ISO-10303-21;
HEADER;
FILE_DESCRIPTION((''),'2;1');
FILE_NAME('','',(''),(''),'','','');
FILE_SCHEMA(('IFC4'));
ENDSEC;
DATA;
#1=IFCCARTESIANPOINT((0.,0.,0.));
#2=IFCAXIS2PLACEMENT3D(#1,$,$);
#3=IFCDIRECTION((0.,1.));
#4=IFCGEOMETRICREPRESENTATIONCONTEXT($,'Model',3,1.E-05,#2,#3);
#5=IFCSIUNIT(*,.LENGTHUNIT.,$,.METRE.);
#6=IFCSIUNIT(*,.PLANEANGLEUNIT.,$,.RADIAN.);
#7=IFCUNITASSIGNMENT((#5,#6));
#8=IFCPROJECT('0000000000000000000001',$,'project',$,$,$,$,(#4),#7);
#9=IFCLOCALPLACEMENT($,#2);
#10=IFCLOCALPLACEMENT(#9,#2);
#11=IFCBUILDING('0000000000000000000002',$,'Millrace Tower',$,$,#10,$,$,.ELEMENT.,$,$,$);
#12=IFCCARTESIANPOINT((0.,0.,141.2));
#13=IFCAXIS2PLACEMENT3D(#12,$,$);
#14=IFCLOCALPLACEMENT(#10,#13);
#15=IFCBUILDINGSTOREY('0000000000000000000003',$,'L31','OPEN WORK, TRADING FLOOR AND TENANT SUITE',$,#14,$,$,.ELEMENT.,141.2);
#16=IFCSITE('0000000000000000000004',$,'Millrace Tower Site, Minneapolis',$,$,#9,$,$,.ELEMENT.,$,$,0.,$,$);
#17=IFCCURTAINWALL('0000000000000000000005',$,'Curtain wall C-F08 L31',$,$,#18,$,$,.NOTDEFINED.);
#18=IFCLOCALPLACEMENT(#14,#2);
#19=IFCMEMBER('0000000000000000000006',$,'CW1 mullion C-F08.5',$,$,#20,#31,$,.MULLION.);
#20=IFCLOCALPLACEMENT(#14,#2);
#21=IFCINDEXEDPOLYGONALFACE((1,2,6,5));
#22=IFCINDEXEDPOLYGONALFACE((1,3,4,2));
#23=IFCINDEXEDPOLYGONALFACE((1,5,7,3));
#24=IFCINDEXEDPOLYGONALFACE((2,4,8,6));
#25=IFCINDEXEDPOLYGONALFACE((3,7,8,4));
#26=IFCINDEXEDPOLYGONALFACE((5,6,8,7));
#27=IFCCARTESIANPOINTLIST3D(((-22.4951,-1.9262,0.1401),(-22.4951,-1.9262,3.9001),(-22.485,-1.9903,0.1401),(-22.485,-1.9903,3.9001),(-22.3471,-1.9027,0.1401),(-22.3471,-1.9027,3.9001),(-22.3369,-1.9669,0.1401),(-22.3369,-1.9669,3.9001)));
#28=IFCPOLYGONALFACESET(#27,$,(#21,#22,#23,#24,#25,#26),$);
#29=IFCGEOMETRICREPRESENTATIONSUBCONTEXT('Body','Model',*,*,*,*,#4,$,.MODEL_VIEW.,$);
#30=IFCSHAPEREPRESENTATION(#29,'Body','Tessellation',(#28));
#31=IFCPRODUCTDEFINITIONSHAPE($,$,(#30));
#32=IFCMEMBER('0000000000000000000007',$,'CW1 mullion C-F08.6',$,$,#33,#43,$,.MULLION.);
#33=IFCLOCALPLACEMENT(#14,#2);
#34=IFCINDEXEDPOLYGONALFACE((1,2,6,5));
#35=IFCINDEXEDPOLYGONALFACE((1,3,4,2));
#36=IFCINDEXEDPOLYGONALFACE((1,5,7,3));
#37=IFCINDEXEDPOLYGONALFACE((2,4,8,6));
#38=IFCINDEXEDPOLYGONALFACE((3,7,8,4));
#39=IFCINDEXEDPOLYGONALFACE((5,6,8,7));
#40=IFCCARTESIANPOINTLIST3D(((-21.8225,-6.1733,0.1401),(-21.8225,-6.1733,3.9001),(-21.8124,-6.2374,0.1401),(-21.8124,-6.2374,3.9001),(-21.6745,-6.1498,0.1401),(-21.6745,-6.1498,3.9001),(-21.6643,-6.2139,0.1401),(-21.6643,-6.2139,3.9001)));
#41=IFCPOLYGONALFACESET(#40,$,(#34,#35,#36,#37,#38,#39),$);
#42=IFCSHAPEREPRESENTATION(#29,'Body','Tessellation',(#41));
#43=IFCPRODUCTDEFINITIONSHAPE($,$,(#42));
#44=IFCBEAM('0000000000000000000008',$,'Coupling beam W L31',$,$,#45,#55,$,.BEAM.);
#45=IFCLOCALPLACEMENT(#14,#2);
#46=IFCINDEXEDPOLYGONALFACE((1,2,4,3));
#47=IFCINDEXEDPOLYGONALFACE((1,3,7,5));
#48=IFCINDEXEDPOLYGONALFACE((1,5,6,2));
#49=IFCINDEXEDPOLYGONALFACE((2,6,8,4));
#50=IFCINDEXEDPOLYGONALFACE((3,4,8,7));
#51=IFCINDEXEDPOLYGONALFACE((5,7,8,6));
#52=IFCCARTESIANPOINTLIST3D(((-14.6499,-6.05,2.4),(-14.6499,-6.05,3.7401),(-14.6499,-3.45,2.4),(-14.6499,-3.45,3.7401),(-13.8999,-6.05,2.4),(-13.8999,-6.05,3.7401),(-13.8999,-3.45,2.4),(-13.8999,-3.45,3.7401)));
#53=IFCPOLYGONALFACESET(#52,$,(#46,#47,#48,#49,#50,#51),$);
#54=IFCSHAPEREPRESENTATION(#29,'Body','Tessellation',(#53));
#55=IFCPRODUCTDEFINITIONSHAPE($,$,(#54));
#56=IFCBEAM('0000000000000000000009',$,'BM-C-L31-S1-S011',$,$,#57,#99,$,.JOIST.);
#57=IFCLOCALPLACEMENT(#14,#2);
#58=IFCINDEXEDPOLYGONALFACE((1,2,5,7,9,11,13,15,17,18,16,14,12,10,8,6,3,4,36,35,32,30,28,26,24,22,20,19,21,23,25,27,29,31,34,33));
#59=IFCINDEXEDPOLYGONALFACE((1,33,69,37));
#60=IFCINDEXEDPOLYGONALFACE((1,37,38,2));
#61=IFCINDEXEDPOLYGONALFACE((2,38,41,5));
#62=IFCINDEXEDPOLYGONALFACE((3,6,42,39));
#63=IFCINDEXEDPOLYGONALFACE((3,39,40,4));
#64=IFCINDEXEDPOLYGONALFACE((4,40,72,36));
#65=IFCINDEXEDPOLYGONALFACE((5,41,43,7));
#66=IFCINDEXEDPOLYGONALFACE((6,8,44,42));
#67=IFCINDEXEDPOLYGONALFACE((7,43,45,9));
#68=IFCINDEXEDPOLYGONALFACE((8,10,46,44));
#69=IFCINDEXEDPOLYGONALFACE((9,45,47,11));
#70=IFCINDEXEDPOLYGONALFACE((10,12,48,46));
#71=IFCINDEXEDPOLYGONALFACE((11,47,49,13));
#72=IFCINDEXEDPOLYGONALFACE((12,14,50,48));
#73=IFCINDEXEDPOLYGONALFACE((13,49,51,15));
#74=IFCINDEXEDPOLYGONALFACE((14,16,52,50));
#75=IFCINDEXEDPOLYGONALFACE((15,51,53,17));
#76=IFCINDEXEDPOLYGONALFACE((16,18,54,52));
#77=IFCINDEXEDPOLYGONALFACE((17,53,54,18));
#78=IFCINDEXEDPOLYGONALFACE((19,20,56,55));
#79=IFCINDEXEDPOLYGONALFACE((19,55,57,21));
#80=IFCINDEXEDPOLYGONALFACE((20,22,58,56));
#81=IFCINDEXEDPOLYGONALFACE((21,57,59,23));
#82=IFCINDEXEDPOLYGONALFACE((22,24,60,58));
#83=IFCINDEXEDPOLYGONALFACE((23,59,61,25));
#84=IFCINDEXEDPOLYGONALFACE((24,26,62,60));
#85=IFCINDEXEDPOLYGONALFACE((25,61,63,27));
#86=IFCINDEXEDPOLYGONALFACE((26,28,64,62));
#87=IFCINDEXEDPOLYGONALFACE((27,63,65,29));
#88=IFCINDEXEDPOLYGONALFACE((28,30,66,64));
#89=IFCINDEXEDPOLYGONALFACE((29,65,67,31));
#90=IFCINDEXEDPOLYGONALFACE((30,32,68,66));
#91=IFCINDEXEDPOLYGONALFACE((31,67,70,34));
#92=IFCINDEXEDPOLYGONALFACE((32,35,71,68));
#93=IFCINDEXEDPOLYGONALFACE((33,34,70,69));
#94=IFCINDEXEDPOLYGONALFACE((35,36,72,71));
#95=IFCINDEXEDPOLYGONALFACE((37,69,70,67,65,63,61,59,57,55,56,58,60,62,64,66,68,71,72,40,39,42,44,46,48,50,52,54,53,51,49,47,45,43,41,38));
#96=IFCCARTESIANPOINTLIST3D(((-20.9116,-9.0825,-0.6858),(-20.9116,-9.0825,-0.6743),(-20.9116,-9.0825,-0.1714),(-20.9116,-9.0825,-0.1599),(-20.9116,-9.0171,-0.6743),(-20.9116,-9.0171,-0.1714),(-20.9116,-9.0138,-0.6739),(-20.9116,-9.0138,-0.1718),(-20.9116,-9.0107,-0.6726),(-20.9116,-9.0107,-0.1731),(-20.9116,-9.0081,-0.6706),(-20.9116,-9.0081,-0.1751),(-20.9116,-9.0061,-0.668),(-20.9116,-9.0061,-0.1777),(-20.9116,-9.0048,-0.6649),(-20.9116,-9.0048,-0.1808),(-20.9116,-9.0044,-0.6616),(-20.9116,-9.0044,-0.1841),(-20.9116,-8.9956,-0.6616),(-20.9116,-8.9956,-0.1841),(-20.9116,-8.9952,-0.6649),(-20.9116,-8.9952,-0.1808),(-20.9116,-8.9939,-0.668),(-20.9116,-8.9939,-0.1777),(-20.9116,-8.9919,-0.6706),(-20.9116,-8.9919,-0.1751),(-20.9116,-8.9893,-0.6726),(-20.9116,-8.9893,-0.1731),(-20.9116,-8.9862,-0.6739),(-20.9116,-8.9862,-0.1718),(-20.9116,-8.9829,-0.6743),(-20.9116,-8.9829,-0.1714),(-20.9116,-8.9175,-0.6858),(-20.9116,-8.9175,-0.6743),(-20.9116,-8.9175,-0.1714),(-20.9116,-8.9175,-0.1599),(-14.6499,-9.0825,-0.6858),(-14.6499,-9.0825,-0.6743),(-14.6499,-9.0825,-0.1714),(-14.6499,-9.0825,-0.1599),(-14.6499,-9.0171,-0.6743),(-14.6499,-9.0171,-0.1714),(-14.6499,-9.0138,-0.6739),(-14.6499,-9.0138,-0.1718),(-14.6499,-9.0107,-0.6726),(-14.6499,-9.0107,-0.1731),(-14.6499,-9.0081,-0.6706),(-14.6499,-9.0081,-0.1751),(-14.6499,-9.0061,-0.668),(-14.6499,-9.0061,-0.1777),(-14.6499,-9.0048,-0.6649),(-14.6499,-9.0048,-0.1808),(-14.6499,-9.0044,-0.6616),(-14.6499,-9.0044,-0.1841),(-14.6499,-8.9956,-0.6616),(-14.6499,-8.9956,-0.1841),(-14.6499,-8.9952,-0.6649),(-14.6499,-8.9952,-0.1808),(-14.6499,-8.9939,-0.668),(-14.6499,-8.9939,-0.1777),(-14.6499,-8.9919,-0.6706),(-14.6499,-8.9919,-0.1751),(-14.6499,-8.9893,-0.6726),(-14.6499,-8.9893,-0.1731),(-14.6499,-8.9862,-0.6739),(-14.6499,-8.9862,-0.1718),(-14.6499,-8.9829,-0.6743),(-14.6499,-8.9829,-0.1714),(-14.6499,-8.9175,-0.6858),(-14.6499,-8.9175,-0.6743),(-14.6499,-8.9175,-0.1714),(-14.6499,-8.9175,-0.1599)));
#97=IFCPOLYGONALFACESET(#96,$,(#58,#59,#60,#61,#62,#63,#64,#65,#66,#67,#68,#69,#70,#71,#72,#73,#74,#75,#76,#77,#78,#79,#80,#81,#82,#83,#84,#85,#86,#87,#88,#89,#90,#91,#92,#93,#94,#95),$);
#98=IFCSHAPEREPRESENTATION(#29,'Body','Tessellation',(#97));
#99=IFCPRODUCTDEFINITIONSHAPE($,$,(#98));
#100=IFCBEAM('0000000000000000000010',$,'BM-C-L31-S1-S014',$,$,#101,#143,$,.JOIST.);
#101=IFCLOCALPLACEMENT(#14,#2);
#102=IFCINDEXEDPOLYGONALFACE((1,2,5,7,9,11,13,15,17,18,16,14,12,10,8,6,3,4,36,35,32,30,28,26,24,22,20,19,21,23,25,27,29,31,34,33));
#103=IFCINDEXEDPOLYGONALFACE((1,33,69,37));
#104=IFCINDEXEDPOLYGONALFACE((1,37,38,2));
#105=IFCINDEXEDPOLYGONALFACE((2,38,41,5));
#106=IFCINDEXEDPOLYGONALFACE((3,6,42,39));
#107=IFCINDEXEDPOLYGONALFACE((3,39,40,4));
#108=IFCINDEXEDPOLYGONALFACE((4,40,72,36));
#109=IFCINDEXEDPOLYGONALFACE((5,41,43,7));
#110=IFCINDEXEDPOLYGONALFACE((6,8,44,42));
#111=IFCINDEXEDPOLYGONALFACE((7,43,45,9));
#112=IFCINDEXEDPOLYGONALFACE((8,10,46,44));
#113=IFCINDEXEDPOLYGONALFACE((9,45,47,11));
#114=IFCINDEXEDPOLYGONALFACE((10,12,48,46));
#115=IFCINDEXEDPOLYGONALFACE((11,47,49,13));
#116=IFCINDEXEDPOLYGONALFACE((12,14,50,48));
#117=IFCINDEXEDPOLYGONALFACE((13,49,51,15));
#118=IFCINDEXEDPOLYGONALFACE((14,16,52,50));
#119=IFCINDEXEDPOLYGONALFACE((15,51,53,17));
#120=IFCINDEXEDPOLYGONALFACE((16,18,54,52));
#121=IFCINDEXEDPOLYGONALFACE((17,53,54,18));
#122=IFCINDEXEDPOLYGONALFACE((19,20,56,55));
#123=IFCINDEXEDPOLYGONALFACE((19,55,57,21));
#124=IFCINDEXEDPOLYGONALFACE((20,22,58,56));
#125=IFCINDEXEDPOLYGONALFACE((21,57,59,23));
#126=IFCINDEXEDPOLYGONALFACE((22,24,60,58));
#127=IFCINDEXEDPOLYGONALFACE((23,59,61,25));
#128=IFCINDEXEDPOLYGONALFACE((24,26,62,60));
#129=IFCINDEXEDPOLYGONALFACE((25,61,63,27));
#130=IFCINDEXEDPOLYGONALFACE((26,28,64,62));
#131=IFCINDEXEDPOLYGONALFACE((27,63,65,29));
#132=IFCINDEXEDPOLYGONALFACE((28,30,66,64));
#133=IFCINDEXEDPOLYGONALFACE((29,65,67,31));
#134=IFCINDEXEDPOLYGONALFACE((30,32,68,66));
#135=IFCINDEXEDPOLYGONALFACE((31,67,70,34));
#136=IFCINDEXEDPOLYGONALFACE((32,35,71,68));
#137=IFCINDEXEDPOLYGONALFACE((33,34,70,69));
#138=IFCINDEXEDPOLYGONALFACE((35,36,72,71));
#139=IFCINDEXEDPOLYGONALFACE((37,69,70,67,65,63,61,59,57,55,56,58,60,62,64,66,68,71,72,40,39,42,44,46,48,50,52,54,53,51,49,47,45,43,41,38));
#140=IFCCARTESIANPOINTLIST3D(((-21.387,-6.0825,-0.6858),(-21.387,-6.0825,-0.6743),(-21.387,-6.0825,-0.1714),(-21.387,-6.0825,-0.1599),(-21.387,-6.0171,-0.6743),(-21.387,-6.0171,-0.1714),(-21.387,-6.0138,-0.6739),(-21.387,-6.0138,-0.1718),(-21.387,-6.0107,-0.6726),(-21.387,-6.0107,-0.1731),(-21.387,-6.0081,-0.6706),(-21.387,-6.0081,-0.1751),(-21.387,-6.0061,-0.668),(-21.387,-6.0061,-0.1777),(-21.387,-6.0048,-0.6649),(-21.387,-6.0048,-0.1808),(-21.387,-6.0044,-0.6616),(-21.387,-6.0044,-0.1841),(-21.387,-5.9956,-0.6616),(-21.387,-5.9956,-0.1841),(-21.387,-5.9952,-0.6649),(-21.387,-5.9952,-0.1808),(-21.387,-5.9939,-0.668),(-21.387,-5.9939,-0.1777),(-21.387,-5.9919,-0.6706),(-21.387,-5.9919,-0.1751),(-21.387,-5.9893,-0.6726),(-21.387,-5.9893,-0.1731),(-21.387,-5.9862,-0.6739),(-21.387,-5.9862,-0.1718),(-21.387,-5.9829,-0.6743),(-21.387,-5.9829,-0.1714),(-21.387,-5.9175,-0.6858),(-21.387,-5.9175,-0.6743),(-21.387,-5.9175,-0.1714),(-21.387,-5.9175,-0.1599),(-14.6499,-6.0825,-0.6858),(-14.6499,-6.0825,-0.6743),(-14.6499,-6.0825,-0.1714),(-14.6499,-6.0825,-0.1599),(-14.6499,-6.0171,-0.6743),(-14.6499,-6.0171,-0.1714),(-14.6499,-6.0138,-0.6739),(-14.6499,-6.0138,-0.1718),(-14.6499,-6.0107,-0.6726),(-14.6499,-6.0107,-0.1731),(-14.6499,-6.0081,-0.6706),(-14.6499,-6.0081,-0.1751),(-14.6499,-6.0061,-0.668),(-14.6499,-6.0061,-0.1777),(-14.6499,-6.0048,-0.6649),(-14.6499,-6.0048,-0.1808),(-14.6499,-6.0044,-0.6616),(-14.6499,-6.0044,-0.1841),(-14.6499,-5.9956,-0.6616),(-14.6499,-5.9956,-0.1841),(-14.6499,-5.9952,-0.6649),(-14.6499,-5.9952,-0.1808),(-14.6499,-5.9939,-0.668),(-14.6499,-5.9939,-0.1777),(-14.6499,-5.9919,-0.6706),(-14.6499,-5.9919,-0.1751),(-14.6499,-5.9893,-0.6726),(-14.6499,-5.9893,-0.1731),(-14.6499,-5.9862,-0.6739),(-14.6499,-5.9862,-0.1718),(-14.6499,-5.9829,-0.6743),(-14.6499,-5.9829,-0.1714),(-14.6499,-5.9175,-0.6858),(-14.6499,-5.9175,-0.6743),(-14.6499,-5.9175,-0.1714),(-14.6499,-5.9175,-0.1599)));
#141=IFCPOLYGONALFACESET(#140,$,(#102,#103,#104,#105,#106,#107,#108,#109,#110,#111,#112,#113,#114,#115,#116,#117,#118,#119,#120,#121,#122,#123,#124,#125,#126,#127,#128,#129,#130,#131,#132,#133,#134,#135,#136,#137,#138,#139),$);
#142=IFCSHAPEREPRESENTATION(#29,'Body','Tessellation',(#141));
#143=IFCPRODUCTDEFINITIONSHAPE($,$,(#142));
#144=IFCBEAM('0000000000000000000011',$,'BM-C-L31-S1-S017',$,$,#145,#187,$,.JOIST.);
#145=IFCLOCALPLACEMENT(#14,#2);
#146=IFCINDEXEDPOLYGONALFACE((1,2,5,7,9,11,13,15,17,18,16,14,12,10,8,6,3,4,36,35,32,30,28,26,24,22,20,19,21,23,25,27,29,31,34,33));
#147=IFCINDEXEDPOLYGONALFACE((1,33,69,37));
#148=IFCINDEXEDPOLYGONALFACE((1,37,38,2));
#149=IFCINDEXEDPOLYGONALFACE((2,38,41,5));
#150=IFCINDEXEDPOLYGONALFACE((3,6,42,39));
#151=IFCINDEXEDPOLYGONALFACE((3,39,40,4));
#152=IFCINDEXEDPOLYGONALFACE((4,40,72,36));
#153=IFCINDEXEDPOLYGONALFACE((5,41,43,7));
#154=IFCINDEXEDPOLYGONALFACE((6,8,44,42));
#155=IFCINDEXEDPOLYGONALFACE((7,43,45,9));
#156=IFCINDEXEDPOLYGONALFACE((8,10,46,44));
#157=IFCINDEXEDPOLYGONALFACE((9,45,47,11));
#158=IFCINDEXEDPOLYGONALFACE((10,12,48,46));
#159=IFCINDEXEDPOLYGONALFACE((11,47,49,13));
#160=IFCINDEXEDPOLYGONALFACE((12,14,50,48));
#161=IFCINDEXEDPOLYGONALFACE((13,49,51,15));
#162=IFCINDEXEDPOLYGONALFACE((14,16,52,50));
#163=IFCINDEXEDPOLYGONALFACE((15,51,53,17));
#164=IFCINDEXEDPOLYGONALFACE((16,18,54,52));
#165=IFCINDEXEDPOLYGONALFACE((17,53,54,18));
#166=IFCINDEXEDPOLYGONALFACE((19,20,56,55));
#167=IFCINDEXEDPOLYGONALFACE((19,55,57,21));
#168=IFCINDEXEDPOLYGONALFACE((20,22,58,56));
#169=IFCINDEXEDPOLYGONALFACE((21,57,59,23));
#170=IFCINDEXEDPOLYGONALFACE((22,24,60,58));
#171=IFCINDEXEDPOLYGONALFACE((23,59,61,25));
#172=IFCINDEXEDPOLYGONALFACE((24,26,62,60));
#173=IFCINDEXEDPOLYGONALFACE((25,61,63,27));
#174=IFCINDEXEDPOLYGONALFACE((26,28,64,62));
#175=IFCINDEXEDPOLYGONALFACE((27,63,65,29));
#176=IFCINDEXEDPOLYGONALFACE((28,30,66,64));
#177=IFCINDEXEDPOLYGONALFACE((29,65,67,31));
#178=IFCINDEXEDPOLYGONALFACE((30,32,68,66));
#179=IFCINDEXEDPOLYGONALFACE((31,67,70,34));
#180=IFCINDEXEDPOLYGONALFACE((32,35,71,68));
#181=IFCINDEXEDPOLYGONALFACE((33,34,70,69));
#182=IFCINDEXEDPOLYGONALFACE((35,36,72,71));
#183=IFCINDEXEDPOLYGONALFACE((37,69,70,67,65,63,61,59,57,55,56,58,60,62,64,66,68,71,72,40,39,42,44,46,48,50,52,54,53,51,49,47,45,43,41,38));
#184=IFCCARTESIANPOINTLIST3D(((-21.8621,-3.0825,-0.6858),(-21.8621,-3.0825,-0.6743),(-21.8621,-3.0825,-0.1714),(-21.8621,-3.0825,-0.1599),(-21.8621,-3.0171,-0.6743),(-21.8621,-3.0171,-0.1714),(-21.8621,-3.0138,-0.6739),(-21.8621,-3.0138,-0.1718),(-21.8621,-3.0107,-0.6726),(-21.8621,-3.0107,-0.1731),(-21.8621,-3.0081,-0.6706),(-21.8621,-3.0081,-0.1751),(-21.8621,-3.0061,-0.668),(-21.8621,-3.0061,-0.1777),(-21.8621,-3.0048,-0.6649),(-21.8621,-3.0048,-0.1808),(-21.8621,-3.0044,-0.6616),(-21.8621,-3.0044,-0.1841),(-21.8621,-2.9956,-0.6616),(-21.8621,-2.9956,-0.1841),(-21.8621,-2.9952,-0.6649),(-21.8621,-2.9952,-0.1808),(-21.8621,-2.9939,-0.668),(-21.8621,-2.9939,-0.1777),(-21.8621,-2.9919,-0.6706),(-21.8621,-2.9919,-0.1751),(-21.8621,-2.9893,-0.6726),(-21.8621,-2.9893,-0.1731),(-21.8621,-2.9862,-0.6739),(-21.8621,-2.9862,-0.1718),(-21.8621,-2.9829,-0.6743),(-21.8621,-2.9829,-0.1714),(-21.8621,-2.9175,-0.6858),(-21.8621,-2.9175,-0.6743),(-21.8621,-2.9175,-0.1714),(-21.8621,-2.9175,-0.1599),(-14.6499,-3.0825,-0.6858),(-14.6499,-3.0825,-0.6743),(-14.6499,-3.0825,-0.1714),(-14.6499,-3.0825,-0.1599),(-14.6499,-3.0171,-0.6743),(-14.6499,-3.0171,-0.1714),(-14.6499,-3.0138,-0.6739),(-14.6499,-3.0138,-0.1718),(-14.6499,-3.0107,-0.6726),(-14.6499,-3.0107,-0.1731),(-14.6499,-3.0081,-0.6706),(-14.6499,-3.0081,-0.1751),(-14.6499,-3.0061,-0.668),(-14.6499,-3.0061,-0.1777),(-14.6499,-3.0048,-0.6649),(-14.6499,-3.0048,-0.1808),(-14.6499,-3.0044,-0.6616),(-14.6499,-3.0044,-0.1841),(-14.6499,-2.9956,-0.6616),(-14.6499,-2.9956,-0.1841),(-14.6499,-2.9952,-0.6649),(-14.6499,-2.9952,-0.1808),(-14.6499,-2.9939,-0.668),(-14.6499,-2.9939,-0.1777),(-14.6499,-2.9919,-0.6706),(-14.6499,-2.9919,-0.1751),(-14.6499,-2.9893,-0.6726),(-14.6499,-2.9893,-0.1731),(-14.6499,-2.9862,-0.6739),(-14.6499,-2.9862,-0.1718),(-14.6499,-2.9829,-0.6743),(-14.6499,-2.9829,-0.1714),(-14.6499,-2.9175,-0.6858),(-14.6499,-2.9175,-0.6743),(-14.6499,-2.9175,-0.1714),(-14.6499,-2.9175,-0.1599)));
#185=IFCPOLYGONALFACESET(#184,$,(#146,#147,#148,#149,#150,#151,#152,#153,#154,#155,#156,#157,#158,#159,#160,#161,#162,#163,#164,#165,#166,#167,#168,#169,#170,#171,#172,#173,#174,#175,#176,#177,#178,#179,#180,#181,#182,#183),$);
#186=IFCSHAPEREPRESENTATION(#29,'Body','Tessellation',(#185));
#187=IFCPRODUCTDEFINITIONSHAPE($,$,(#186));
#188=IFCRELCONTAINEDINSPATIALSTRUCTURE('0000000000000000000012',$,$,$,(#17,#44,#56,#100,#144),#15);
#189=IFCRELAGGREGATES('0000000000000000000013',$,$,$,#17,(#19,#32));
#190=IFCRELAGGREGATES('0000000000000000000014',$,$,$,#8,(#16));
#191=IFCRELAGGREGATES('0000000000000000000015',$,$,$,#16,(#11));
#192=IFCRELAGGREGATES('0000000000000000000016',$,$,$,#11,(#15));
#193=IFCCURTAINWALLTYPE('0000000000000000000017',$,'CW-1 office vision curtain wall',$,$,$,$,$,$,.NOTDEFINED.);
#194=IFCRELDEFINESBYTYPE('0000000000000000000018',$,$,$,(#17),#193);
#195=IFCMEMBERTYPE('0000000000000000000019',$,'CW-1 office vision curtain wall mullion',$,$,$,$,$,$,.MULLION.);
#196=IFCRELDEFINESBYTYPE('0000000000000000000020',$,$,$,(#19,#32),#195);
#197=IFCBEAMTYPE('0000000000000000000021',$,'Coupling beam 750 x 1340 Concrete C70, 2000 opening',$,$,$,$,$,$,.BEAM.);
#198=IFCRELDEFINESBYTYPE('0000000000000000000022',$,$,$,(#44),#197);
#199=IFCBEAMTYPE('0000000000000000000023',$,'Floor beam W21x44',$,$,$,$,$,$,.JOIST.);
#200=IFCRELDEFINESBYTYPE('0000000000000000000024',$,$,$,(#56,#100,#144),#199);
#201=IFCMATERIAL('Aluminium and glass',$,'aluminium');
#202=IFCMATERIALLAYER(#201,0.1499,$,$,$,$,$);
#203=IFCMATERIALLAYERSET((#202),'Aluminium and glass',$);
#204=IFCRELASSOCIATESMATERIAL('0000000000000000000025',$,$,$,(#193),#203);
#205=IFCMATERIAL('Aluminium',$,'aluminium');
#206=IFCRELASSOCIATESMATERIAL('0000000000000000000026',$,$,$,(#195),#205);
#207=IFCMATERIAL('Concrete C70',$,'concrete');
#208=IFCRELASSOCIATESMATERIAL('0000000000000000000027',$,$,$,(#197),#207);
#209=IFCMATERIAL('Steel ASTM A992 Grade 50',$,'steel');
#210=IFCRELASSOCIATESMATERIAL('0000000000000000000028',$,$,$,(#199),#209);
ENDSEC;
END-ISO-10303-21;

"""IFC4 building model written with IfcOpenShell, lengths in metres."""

from ifc_helpers import new_model, si_unit, direction, frame, origin, origin_2d, place, context, subcontext, project, spatial, rectangle, i_section, extrude, material, layer, layer_set, material_profile, profile_set, type_object, element, aggregate, save


model = new_model("IFC4")

# Units and contexts
model_context = context("Model", 3, precision=1e-05, world=origin(), true_north=direction((0.0, 1.0)))
body_context = subcontext(model_context, "Body", "Model", "MODEL_VIEW")
ifc_project = project(units=[si_unit("LENGTHUNIT", "METRE"), si_unit("PLANEANGLEUNIT", "RADIAN")], contexts=[model_context])

# Site, building, storey
site_placement = place(None, origin())
site = spatial("IfcSite", under=ifc_project, at=site_placement, Name="Millrace Tower Site, Minneapolis", CompositionType="ELEMENT", RefElevation=0.0)
building_placement = place(site_placement, origin())
building = spatial("IfcBuilding", under=site, at=building_placement, Name="Millrace Tower", CompositionType="ELEMENT")
storey_placement = place(building_placement, frame((0.0, 0.0, 141.2)))
storey = spatial("IfcBuildingStorey", under=building, at=storey_placement, Name="L31", Description="OPEN WORK, TRADING FLOOR AND TENANT SUITE", CompositionType="ELEMENT", Elevation=141.2)

# Curtain wall, members
ifc_material_1 = material(Name="Aluminium and glass", Category="aluminium")
ifc_layer_1 = layer(ifc_material_1, 0.1499)
ifc_layer_set_1 = layer_set([ifc_layer_1], Name="Aluminium and glass")
curtain_wall_type = type_object("IfcCurtainWallType", Name="CW-1 office vision curtain wall", PredefinedType="NOTDEFINED", material=ifc_layer_set_1)
curtain_wall_placement = place(storey_placement, origin())
curtain_wall = element("IfcCurtainWall", 1, at=curtain_wall_placement, inside=storey, type_object=curtain_wall_type, Name="Curtain wall C-F08 L31", PredefinedType="NOTDEFINED")
ifc_material_2 = material(Name="Aluminium", Category="aluminium")
ifc_material_profile_1 = material_profile(ifc_material_2, rectangle(XDim=0.0649, YDim=0.1499, at=origin_2d()))
ifc_profile_set_1 = profile_set([ifc_material_profile_1], Name="Aluminium")
member_type = type_object("IfcMemberType", Name="CW-1 office vision curtain wall mullion", PredefinedType="MULLION", material=ifc_profile_set_1)
member_1_placement = place(storey_placement, frame((-22.416, -1.9465, 0.1401), z_axis=(0.0, 0.0, 1.0), x_axis=(0.156434, -0.987688, 0.0)))
member_1 = element("IfcMember", 2, at=member_1_placement, type_object=member_type, Name="CW1 mullion C-F08.5", PredefinedType="MULLION", context=body_context, shape_type="SweptSolid", body=[
    extrude(rectangle(XDim=0.0649, YDim=0.1499, at=origin_2d()), origin(), (0.0, 0.0, 1.0), 3.76),
])
member_2_placement = place(storey_placement, frame((-21.7434, -6.1936, 0.1401), z_axis=(0.0, 0.0, 1.0), x_axis=(0.156434, -0.987688, 0.0)))
member_2 = element("IfcMember", 3, at=member_2_placement, type_object=member_type, Name="CW1 mullion C-F08.6", PredefinedType="MULLION", context=body_context, shape_type="SweptSolid", body=[
    extrude(rectangle(XDim=0.0649, YDim=0.1499, at=origin_2d()), origin(), (0.0, 0.0, 1.0), 3.76),
])
aggregate(curtain_wall, [member_1, member_2])

# Beams
ifc_material_3 = material(Name="Concrete C70", Category="concrete")
ifc_material_profile_2 = material_profile(ifc_material_3, rectangle(XDim=0.75, YDim=1.3401, at=origin_2d()))
ifc_profile_set_2 = profile_set([ifc_material_profile_2], Name="Concrete C70")
beam_type_1 = type_object("IfcBeamType", Name="Coupling beam 750 x 1340 Concrete C70, 2000 opening", PredefinedType="BEAM", material=ifc_profile_set_2)
beam_1_placement = place(storey_placement, frame((-14.2749, -6.05, 3.0701), z_axis=(0.0, 1.0, 0.0), x_axis=(-1.0, 0.0, 0.0)))
element("IfcBeam", 4, at=beam_1_placement, inside=storey, type_object=beam_type_1, Name="Coupling beam W L31", PredefinedType="BEAM", context=body_context, shape_type="SweptSolid", body=[
    extrude(rectangle(XDim=0.75, YDim=1.3401, at=origin_2d()), origin(), (0.0, 0.0, 1.0), 2.6001),
])
ifc_material_4 = material(Name="Steel ASTM A992 Grade 50", Category="steel")
ifc_material_profile_3 = material_profile(ifc_material_4, i_section(OverallWidth=0.165, OverallDepth=0.5259, WebThickness=0.0088, FlangeThickness=0.0115, FilletRadius=0.0127, at=origin_2d()))
ifc_profile_set_3 = profile_set([ifc_material_profile_3], Name="Steel ASTM A992 Grade 50")
beam_type_2 = type_object("IfcBeamType", Name="Floor beam W21x44", PredefinedType="JOIST", material=ifc_profile_set_3)
beam_2_placement = place(storey_placement, frame((-20.9116, -9.0, -0.4229), z_axis=(1.0, 0.0, 0.0), x_axis=(0.0, 1.0, 0.0)))
element("IfcBeam", 5, at=beam_2_placement, inside=storey, type_object=beam_type_2, Name="BM-C-L31-S1-S011", PredefinedType="JOIST", context=body_context, shape_type="SweptSolid", body=[
    extrude(i_section(OverallWidth=0.165, OverallDepth=0.5259, WebThickness=0.0088, FlangeThickness=0.0115, FilletRadius=0.0127, at=origin_2d()), origin(), (0.0, 0.0, 1.0), 6.2617),
])
beam_3_placement = place(storey_placement, frame((-21.387, -6.0, -0.4229), z_axis=(1.0, 0.0, 0.0), x_axis=(0.0, 1.0, 0.0)))
element("IfcBeam", 6, at=beam_3_placement, inside=storey, type_object=beam_type_2, Name="BM-C-L31-S1-S014", PredefinedType="JOIST", context=body_context, shape_type="SweptSolid", body=[
    extrude(i_section(OverallWidth=0.165, OverallDepth=0.5259, WebThickness=0.0088, FlangeThickness=0.0115, FilletRadius=0.0127, at=origin_2d()), origin(), (0.0, 0.0, 1.0), 6.7371),
])
beam_4_placement = place(storey_placement, frame((-21.8621, -3.0, -0.4229), z_axis=(1.0, 0.0, 0.0), x_axis=(0.0, 1.0, 0.0)))
element("IfcBeam", 7, at=beam_4_placement, inside=storey, type_object=beam_type_2, Name="BM-C-L31-S1-S017", PredefinedType="JOIST", context=body_context, shape_type="SweptSolid", body=[
    extrude(i_section(OverallWidth=0.165, OverallDepth=0.5259, WebThickness=0.0088, FlangeThickness=0.0115, FilletRadius=0.0127, at=origin_2d()), origin(), (0.0, 0.0, 1.0), 7.2122),
])

save(model, "model.ifc")
